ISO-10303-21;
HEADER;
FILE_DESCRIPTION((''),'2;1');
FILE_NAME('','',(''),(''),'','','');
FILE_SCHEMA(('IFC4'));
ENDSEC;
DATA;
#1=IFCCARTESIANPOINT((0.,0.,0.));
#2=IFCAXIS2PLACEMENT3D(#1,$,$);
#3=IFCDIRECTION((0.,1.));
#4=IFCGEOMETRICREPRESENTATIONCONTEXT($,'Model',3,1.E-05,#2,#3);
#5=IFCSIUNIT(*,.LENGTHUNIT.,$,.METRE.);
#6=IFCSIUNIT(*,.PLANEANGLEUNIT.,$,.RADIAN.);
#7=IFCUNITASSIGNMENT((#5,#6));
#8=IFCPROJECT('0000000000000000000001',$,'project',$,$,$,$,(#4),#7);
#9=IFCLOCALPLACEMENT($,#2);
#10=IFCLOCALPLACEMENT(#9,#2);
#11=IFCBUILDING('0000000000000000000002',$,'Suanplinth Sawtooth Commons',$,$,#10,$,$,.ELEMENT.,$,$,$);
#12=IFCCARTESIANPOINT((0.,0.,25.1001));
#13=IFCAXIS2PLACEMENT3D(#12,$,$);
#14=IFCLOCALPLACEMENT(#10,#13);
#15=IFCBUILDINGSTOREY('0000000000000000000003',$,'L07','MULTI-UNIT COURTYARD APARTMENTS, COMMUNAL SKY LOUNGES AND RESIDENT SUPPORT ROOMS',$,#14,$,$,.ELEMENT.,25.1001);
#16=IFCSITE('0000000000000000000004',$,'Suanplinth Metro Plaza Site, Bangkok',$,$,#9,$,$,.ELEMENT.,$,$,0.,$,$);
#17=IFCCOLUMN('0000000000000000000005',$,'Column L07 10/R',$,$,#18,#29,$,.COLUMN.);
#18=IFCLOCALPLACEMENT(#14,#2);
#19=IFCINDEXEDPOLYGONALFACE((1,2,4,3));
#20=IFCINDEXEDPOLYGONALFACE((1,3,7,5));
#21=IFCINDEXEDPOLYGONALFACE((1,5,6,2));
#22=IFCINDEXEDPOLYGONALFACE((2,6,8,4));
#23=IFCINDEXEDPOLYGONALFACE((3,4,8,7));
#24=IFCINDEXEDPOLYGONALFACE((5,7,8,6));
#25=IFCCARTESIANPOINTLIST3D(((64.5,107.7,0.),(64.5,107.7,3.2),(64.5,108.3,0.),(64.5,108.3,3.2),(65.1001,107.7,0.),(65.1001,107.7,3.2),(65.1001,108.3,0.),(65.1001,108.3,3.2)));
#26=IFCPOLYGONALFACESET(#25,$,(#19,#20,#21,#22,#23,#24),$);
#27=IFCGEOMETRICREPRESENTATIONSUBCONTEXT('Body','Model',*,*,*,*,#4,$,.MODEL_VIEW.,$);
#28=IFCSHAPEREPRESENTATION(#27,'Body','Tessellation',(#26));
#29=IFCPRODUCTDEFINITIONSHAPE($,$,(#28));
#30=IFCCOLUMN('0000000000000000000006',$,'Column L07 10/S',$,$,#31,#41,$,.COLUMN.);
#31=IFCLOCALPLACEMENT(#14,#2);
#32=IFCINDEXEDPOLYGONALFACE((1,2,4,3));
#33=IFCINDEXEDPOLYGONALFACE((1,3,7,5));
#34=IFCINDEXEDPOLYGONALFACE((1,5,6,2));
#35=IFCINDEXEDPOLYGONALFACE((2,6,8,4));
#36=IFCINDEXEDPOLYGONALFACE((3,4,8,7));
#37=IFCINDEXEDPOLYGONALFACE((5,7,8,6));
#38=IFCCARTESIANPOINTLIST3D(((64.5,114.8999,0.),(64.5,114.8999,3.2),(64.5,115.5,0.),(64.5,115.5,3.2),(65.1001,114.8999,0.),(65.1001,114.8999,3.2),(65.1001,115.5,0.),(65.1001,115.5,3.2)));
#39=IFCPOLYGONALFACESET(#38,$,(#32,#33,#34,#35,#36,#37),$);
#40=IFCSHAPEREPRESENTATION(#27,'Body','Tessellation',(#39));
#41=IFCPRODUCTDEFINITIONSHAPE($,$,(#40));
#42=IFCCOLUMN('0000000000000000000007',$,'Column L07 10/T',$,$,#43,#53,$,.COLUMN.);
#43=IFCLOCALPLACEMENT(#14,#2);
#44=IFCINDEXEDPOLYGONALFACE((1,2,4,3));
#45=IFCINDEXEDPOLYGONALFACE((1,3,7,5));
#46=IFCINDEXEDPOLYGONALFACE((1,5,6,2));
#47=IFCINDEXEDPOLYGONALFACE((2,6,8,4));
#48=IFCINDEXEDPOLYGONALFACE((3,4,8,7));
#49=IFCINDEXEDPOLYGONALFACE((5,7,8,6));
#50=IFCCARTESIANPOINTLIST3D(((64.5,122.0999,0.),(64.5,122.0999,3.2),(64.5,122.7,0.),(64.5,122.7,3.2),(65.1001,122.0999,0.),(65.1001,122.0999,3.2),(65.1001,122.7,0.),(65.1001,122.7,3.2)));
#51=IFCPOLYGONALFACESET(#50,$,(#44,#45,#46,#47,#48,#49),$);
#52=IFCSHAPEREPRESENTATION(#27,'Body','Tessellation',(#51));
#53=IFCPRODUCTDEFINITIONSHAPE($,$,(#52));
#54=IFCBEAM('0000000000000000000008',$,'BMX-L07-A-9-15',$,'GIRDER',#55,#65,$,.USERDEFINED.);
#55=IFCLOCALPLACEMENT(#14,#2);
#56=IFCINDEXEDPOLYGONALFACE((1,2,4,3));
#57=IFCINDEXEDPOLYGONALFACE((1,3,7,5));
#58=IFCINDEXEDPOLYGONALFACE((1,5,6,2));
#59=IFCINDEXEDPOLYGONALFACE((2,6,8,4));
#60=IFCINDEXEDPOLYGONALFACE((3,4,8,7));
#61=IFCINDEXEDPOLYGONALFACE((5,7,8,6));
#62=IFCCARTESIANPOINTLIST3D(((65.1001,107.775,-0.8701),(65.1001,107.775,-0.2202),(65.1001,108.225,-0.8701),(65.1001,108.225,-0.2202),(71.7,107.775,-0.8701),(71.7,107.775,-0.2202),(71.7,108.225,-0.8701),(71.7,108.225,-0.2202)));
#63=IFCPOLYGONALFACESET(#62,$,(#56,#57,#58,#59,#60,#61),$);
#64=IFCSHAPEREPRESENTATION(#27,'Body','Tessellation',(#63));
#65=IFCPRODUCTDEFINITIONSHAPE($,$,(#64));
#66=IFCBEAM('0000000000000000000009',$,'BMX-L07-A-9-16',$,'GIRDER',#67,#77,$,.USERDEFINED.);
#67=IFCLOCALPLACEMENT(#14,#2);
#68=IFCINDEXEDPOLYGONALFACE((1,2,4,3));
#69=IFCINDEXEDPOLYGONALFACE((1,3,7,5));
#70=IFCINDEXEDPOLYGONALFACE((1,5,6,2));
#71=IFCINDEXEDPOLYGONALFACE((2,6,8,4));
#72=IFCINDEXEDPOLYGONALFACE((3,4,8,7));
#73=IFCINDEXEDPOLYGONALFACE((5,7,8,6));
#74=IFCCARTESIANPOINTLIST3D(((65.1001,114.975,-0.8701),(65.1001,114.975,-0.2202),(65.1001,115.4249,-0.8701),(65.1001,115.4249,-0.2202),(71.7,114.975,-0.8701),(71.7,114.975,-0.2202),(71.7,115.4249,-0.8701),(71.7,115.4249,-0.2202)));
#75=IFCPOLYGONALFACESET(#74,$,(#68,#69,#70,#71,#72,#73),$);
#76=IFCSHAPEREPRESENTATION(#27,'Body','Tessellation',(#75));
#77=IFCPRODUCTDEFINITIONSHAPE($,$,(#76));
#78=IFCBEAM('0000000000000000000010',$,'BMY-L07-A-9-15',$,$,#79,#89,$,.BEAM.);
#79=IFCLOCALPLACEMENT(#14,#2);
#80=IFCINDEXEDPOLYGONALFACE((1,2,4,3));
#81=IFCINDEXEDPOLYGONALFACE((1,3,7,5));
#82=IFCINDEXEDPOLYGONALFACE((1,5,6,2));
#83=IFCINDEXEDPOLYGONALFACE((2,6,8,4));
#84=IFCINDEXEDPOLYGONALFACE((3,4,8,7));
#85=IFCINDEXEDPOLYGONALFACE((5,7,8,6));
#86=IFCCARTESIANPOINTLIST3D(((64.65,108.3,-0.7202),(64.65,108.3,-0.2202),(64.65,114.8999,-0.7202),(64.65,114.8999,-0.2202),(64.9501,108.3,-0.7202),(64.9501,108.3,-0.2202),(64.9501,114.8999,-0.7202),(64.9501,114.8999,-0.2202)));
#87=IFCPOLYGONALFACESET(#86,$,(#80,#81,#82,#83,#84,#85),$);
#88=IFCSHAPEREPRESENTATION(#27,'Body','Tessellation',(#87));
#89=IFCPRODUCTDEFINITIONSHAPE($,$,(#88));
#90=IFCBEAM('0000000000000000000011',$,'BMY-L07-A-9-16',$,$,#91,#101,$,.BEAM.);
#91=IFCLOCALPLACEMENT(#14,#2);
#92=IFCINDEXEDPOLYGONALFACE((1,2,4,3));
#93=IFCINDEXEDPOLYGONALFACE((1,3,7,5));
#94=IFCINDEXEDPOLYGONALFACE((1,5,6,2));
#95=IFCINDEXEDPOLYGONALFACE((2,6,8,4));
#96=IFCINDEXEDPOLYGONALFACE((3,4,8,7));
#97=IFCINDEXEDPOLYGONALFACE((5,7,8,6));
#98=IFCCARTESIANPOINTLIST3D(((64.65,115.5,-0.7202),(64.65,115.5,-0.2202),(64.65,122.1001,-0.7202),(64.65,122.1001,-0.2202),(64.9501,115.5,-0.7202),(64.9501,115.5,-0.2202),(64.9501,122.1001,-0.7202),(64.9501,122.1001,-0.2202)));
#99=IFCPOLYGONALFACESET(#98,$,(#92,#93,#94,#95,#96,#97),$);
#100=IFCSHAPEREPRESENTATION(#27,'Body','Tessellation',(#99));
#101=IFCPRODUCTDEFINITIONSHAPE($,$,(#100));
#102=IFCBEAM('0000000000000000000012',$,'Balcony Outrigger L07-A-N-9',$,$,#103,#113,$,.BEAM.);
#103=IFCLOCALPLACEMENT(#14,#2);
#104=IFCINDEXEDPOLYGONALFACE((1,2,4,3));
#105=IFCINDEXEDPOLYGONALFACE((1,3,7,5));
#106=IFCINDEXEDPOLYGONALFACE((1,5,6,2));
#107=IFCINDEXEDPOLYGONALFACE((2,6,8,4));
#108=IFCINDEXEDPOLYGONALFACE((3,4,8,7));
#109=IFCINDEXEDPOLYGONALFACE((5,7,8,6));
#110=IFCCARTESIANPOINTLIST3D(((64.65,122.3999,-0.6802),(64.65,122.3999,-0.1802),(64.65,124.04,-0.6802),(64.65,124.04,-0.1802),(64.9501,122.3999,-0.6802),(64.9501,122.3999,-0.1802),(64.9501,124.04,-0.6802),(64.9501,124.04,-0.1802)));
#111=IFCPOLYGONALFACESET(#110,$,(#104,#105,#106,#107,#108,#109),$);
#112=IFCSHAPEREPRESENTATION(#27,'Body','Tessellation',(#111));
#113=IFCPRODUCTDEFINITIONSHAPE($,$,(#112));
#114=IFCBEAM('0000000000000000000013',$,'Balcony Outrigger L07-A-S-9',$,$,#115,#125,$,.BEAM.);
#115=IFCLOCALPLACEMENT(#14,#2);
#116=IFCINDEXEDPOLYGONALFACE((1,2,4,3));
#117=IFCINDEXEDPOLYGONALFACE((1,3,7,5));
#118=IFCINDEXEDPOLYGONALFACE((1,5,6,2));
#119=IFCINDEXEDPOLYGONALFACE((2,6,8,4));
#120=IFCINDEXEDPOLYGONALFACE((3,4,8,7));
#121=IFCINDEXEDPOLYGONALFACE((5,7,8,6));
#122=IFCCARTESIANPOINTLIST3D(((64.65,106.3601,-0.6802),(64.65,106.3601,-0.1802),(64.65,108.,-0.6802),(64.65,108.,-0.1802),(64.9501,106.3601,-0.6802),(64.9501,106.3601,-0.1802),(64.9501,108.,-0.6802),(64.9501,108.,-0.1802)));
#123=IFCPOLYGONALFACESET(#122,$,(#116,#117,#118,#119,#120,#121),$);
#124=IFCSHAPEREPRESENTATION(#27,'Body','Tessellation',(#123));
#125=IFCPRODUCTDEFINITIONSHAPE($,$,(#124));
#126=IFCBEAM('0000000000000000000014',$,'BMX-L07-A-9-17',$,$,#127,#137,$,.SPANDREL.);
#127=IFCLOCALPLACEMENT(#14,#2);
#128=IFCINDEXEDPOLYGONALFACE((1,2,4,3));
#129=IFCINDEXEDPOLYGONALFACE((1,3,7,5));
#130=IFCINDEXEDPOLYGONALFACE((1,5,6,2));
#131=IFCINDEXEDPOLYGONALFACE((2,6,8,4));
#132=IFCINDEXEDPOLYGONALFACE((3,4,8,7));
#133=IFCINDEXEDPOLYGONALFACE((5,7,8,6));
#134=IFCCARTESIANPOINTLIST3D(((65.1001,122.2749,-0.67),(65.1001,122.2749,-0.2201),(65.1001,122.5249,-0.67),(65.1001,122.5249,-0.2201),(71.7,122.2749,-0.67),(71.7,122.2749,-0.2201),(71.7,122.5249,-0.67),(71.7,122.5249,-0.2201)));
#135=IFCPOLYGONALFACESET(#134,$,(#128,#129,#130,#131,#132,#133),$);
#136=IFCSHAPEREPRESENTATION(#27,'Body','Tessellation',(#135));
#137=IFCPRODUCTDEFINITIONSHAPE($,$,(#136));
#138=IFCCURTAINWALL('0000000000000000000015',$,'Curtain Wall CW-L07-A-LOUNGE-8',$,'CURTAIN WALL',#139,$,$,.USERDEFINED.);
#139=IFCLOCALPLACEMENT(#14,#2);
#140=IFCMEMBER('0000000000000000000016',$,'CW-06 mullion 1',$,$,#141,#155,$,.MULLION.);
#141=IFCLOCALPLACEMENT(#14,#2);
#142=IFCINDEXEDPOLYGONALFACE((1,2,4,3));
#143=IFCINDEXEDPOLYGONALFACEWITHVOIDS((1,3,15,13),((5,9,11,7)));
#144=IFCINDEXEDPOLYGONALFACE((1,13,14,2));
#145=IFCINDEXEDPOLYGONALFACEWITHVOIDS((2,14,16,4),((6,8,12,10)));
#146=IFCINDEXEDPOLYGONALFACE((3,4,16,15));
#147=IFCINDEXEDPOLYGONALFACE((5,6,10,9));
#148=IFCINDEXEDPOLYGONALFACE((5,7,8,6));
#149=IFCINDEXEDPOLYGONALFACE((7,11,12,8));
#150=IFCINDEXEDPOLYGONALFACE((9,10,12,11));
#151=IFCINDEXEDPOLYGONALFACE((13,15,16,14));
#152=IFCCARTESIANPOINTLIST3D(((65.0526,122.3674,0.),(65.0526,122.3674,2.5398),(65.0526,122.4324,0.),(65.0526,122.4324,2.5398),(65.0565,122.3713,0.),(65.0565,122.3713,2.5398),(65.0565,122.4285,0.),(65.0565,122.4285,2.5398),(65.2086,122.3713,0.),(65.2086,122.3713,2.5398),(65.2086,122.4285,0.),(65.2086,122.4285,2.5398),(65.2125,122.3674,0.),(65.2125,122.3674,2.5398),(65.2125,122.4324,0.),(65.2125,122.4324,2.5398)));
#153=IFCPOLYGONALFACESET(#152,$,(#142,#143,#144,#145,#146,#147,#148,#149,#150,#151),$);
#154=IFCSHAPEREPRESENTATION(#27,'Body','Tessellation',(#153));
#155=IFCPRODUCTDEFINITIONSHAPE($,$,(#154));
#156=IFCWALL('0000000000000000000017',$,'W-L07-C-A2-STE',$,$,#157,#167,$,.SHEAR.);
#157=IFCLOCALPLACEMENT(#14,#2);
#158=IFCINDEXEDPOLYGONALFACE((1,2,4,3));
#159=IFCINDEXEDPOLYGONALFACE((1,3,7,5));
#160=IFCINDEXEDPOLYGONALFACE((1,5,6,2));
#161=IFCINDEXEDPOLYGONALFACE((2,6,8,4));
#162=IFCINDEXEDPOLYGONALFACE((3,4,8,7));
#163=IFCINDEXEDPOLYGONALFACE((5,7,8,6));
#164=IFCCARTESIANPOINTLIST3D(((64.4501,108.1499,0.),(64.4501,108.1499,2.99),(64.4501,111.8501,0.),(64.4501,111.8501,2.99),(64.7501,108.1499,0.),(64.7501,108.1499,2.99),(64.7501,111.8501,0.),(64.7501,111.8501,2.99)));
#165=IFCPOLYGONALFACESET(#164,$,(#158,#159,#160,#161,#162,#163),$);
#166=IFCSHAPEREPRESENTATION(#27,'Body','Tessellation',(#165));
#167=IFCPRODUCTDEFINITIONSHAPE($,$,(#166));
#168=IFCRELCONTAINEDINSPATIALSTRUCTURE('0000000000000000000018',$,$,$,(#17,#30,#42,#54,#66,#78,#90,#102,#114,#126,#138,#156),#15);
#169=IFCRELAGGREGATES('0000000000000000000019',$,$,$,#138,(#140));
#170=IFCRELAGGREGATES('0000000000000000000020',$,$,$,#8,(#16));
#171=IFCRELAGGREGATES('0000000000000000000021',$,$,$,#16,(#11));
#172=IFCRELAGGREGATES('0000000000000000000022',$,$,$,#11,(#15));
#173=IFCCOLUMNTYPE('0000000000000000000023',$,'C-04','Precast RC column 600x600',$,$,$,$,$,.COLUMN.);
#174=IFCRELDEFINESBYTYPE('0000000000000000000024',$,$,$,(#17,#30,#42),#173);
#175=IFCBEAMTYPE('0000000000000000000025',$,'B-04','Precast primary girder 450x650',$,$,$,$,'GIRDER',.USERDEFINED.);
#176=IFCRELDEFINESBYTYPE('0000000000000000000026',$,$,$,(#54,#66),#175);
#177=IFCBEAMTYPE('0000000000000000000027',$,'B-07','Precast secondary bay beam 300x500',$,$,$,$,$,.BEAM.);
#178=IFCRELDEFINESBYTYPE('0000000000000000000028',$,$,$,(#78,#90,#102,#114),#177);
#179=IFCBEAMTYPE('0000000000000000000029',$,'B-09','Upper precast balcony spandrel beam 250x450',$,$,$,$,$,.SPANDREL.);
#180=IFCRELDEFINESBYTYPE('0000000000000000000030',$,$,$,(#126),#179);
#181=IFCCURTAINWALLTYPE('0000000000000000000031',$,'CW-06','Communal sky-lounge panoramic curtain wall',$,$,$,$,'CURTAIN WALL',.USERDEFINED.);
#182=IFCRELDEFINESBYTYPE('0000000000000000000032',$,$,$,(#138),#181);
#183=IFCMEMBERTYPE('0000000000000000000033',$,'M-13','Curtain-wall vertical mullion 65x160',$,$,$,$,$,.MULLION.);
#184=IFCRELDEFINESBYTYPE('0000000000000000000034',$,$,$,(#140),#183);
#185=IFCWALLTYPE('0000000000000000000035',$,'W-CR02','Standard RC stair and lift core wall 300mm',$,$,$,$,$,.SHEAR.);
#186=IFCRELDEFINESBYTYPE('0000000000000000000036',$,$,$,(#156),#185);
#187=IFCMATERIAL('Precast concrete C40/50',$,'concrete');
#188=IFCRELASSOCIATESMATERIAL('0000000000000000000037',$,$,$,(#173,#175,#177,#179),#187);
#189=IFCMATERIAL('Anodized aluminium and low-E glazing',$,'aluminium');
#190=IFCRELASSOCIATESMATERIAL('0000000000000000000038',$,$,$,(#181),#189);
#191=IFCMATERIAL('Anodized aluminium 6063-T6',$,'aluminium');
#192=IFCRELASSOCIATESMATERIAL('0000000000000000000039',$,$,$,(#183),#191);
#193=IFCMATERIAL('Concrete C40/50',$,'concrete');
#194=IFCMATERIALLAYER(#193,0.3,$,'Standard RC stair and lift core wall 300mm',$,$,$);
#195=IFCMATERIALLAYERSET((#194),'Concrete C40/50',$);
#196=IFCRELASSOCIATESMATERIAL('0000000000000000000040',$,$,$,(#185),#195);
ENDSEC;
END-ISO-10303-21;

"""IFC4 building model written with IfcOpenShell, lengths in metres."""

from ifc_helpers import new_model, si_unit, direction, frame, frame_2d, origin, origin_2d, place, context, subcontext, project, spatial, rectangle, hollow_rectangle, extrude, material, layer, layer_set, material_profile, profile_set, type_object, element, aggregate, save


model = new_model("IFC4")

# Units and contexts
model_context = context("Model", 3, precision=1e-05, world=origin(), true_north=direction((0.0, 1.0)))
body_context = subcontext(model_context, "Body", "Model", "MODEL_VIEW")
ifc_project = project(units=[si_unit("LENGTHUNIT", "METRE"), si_unit("PLANEANGLEUNIT", "RADIAN")], contexts=[model_context])

# Site, building, storey
site_placement = place(None, origin())
site = spatial("IfcSite", under=ifc_project, at=site_placement, Name="Suanplinth Metro Plaza Site, Bangkok", CompositionType="ELEMENT", RefElevation=0.0)
building_placement = place(site_placement, origin())
building = spatial("IfcBuilding", under=site, at=building_placement, Name="Suanplinth Sawtooth Commons", CompositionType="ELEMENT")
storey_placement = place(building_placement, frame((0.0, 0.0, 25.1001)))
storey = spatial("IfcBuildingStorey", under=building, at=storey_placement, Name="L07", Description="MULTI-UNIT COURTYARD APARTMENTS, COMMUNAL SKY LOUNGES AND RESIDENT SUPPORT ROOMS", CompositionType="ELEMENT", Elevation=25.1001)

# Columns
ifc_material_1 = material(Name="Precast concrete C40/50", Category="concrete")
ifc_material_profile_1 = material_profile(ifc_material_1, rectangle(XDim=0.6001, YDim=0.6001, at=origin_2d()), Name="PC-COL 600x600")
ifc_profile_set_1 = profile_set([ifc_material_profile_1], Name="Precast concrete C40/50")
column_type = type_object("IfcColumnType", Name="C-04", Description="Precast RC column 600x600", PredefinedType="COLUMN", material=ifc_profile_set_1)
for number, where, z_axis, x_axis, name in (
    (1, (64.8, 108.0, 0.0), (0.0, 0.0, 1.0), (1.0, 0.0, 0.0), "Column L07 10/R"),
    (2, (64.8, 115.2, 0.0), (0.0, 0.0, 1.0), (1.0, 0.0, 0.0), "Column L07 10/S"),
    (3, (64.8, 122.3999, 0.0), (0.0, 0.0, 1.0), (1.0, 0.0, 0.0), "Column L07 10/T"),
):
    element("IfcColumn", number, at=place(storey_placement, frame(where, z_axis=z_axis, x_axis=x_axis)), inside=storey, type_object=column_type, Name=name, PredefinedType="COLUMN", context=body_context, shape_type="SweptSolid", body=[
        extrude(rectangle(XDim=0.6001, YDim=0.6001, at=origin_2d()), origin(), (0.0, 0.0, 1.0), 3.2),
    ])

# Beams
ifc_material_profile_2 = material_profile(ifc_material_1, rectangle(XDim=0.45, YDim=0.6499, at=origin_2d()), Name="PC-GDR 450x650")
ifc_profile_set_2 = profile_set([ifc_material_profile_2], Name="Precast concrete C40/50")
beam_type_1 = type_object("IfcBeamType", Name="B-04", Description="Precast primary girder 450x650", ElementType="GIRDER", PredefinedType="USERDEFINED", material=ifc_profile_set_2)
for number, where, z_axis, x_axis, name in (
    (4, (65.1001, 108.0, -0.5452), (1.0, 0.0, 0.0), (0.0, 1.0, 0.0), "BMX-L07-A-9-15"),
    (5, (65.1001, 115.2, -0.5452), (1.0, 0.0, 0.0), (0.0, 1.0, 0.0), "BMX-L07-A-9-16"),
):
    element("IfcBeam", number, at=place(storey_placement, frame(where, z_axis=z_axis, x_axis=x_axis)), inside=storey, type_object=beam_type_1, Name=name, ObjectType="GIRDER", PredefinedType="USERDEFINED", context=body_context, shape_type="SweptSolid", body=[
        extrude(rectangle(XDim=0.45, YDim=0.6499, at=origin_2d()), origin(), (0.0, 0.0, 1.0), 6.5999),
    ])
ifc_material_profile_3 = material_profile(ifc_material_1, rectangle(XDim=0.3, YDim=0.5, at=origin_2d()), Name="PC-BM 300x500")
ifc_profile_set_3 = profile_set([ifc_material_profile_3], Name="Precast concrete C40/50")
beam_type_2 = type_object("IfcBeamType", Name="B-07", Description="Precast secondary bay beam 300x500", PredefinedType="BEAM", material=ifc_profile_set_3)
beam_1_placement = place(storey_placement, frame((64.8, 108.3, -0.4702), z_axis=(0.0, 1.0, 0.0), x_axis=(-1.0, 0.0, 0.0)))
element("IfcBeam", 6, at=beam_1_placement, inside=storey, type_object=beam_type_2, Name="BMY-L07-A-9-15", PredefinedType="BEAM", context=body_context, shape_type="SweptSolid", body=[
    extrude(rectangle(XDim=0.3, YDim=0.5, at=origin_2d()), origin(), (0.0, 0.0, 1.0), 6.5999),
])
beam_2_placement = place(storey_placement, frame((64.8, 115.5, -0.4702), z_axis=(0.0, 1.0, 0.0), x_axis=(-1.0, 0.0, 0.0)))
element("IfcBeam", 7, at=beam_2_placement, inside=storey, type_object=beam_type_2, Name="BMY-L07-A-9-16", PredefinedType="BEAM", context=body_context, shape_type="SweptSolid", body=[
    extrude(rectangle(XDim=0.3, YDim=0.5, at=origin_2d()), origin(), (0.0, 0.0, 1.0), 6.6001),
])
beam_3_placement = place(storey_placement, frame((64.8, 122.3999, -0.4302), z_axis=(0.0, 1.0, 0.0), x_axis=(-1.0, 0.0, 0.0)))
element("IfcBeam", 8, at=beam_3_placement, inside=storey, type_object=beam_type_2, Name="Balcony Outrigger L07-A-N-9", PredefinedType="BEAM", context=body_context, shape_type="SweptSolid", body=[
    extrude(rectangle(XDim=0.3, YDim=0.5, at=origin_2d()), origin(), (0.0, 0.0, 1.0), 1.6401),
])
beam_4_placement = place(storey_placement, frame((64.8, 108.0, -0.4302), z_axis=(0.0, -1.0, 0.0), x_axis=(1.0, 0.0, 0.0)))
element("IfcBeam", 9, at=beam_4_placement, inside=storey, type_object=beam_type_2, Name="Balcony Outrigger L07-A-S-9", PredefinedType="BEAM", context=body_context, shape_type="SweptSolid", body=[
    extrude(rectangle(XDim=0.3, YDim=0.5, at=origin_2d()), origin(), (0.0, 0.0, 1.0), 1.6399),
])
ifc_material_profile_4 = material_profile(ifc_material_1, rectangle(XDim=0.25, YDim=0.45, at=origin_2d()), Name="PC-SP 250x450")
ifc_profile_set_4 = profile_set([ifc_material_profile_4], Name="Precast concrete C40/50")
beam_type_3 = type_object("IfcBeamType", Name="B-09", Description="Upper precast balcony spandrel beam 250x450", PredefinedType="SPANDREL", material=ifc_profile_set_4)
beam_5_placement = place(storey_placement, frame((65.1001, 122.3999, -0.4451), z_axis=(1.0, 0.0, 0.0), x_axis=(0.0, 1.0, 0.0)))
element("IfcBeam", 10, at=beam_5_placement, inside=storey, type_object=beam_type_3, Name="BMX-L07-A-9-17", PredefinedType="SPANDREL", context=body_context, shape_type="SweptSolid", body=[
    extrude(rectangle(XDim=0.25, YDim=0.45, at=origin_2d()), origin(), (0.0, 0.0, 1.0), 6.5999),
])

# Curtain wall, member
ifc_material_2 = material(Name="Anodized aluminium and low-E glazing", Category="aluminium")
curtain_wall_type = type_object("IfcCurtainWallType", Name="CW-06", Description="Communal sky-lounge panoramic curtain wall", ElementType="CURTAIN WALL", PredefinedType="USERDEFINED", material=ifc_material_2)
curtain_wall_placement = place(storey_placement, origin())
curtain_wall = element("IfcCurtainWall", 11, at=curtain_wall_placement, inside=storey, type_object=curtain_wall_type, Name="Curtain Wall CW-L07-A-LOUNGE-8", ObjectType="CURTAIN WALL", PredefinedType="USERDEFINED")
ifc_material_3 = material(Name="Anodized aluminium 6063-T6", Category="aluminium")
ifc_material_profile_5 = material_profile(ifc_material_3, hollow_rectangle(XDim=0.0649, YDim=0.1599, WallThickness=0.0039, at=origin_2d()), Name="ALU-MUL 65x160")
ifc_profile_set_5 = profile_set([ifc_material_profile_5], Name="Anodized aluminium 6063-T6")
member_type = type_object("IfcMemberType", Name="M-13", Description="Curtain-wall vertical mullion 65x160", PredefinedType="MULLION", material=ifc_profile_set_5)
member_placement = place(storey_placement, frame((65.1326, 122.3999, 0.0), z_axis=(0.0, 0.0, 1.0), x_axis=(0.0, 1.0, 0.0)))
member = element("IfcMember", 12, at=member_placement, type_object=member_type, Name="CW-06 mullion 1", PredefinedType="MULLION", context=body_context, shape_type="SweptSolid", body=[
    extrude(hollow_rectangle(XDim=0.0649, YDim=0.1599, WallThickness=0.0039, at=origin_2d()), origin(), (0.0, 0.0, 1.0), 2.5398),
])
aggregate(curtain_wall, [member])

# Wall
ifc_material_4 = material(Name="Concrete C40/50", Category="concrete")
ifc_layer_1 = layer(ifc_material_4, 0.3, Name="Standard RC stair and lift core wall 300mm")
ifc_layer_set_1 = layer_set([ifc_layer_1], Name="Concrete C40/50")
wall_type_1 = type_object("IfcWallType", Name="W-CR02", Description="Standard RC stair and lift core wall 300mm", PredefinedType="SHEAR", material=ifc_layer_set_1)
wall_1_placement = place(storey_placement, frame((64.6001, 108.1499, 0.0), z_axis=(0.0, 0.0, 1.0), x_axis=(0.0, 1.0, 0.0)))
element("IfcWall", 13, at=wall_1_placement, inside=storey, type_object=wall_type_1, Name="W-L07-C-A2-STE", PredefinedType="SHEAR", context=body_context, shape_type="SweptSolid", body=[
    extrude(rectangle(XDim=3.7002, YDim=0.3, at=frame_2d((1.8501, 0.0))), origin(), (0.0, 0.0, 1.0), 2.99),
])

save(model, "model.ifc")
